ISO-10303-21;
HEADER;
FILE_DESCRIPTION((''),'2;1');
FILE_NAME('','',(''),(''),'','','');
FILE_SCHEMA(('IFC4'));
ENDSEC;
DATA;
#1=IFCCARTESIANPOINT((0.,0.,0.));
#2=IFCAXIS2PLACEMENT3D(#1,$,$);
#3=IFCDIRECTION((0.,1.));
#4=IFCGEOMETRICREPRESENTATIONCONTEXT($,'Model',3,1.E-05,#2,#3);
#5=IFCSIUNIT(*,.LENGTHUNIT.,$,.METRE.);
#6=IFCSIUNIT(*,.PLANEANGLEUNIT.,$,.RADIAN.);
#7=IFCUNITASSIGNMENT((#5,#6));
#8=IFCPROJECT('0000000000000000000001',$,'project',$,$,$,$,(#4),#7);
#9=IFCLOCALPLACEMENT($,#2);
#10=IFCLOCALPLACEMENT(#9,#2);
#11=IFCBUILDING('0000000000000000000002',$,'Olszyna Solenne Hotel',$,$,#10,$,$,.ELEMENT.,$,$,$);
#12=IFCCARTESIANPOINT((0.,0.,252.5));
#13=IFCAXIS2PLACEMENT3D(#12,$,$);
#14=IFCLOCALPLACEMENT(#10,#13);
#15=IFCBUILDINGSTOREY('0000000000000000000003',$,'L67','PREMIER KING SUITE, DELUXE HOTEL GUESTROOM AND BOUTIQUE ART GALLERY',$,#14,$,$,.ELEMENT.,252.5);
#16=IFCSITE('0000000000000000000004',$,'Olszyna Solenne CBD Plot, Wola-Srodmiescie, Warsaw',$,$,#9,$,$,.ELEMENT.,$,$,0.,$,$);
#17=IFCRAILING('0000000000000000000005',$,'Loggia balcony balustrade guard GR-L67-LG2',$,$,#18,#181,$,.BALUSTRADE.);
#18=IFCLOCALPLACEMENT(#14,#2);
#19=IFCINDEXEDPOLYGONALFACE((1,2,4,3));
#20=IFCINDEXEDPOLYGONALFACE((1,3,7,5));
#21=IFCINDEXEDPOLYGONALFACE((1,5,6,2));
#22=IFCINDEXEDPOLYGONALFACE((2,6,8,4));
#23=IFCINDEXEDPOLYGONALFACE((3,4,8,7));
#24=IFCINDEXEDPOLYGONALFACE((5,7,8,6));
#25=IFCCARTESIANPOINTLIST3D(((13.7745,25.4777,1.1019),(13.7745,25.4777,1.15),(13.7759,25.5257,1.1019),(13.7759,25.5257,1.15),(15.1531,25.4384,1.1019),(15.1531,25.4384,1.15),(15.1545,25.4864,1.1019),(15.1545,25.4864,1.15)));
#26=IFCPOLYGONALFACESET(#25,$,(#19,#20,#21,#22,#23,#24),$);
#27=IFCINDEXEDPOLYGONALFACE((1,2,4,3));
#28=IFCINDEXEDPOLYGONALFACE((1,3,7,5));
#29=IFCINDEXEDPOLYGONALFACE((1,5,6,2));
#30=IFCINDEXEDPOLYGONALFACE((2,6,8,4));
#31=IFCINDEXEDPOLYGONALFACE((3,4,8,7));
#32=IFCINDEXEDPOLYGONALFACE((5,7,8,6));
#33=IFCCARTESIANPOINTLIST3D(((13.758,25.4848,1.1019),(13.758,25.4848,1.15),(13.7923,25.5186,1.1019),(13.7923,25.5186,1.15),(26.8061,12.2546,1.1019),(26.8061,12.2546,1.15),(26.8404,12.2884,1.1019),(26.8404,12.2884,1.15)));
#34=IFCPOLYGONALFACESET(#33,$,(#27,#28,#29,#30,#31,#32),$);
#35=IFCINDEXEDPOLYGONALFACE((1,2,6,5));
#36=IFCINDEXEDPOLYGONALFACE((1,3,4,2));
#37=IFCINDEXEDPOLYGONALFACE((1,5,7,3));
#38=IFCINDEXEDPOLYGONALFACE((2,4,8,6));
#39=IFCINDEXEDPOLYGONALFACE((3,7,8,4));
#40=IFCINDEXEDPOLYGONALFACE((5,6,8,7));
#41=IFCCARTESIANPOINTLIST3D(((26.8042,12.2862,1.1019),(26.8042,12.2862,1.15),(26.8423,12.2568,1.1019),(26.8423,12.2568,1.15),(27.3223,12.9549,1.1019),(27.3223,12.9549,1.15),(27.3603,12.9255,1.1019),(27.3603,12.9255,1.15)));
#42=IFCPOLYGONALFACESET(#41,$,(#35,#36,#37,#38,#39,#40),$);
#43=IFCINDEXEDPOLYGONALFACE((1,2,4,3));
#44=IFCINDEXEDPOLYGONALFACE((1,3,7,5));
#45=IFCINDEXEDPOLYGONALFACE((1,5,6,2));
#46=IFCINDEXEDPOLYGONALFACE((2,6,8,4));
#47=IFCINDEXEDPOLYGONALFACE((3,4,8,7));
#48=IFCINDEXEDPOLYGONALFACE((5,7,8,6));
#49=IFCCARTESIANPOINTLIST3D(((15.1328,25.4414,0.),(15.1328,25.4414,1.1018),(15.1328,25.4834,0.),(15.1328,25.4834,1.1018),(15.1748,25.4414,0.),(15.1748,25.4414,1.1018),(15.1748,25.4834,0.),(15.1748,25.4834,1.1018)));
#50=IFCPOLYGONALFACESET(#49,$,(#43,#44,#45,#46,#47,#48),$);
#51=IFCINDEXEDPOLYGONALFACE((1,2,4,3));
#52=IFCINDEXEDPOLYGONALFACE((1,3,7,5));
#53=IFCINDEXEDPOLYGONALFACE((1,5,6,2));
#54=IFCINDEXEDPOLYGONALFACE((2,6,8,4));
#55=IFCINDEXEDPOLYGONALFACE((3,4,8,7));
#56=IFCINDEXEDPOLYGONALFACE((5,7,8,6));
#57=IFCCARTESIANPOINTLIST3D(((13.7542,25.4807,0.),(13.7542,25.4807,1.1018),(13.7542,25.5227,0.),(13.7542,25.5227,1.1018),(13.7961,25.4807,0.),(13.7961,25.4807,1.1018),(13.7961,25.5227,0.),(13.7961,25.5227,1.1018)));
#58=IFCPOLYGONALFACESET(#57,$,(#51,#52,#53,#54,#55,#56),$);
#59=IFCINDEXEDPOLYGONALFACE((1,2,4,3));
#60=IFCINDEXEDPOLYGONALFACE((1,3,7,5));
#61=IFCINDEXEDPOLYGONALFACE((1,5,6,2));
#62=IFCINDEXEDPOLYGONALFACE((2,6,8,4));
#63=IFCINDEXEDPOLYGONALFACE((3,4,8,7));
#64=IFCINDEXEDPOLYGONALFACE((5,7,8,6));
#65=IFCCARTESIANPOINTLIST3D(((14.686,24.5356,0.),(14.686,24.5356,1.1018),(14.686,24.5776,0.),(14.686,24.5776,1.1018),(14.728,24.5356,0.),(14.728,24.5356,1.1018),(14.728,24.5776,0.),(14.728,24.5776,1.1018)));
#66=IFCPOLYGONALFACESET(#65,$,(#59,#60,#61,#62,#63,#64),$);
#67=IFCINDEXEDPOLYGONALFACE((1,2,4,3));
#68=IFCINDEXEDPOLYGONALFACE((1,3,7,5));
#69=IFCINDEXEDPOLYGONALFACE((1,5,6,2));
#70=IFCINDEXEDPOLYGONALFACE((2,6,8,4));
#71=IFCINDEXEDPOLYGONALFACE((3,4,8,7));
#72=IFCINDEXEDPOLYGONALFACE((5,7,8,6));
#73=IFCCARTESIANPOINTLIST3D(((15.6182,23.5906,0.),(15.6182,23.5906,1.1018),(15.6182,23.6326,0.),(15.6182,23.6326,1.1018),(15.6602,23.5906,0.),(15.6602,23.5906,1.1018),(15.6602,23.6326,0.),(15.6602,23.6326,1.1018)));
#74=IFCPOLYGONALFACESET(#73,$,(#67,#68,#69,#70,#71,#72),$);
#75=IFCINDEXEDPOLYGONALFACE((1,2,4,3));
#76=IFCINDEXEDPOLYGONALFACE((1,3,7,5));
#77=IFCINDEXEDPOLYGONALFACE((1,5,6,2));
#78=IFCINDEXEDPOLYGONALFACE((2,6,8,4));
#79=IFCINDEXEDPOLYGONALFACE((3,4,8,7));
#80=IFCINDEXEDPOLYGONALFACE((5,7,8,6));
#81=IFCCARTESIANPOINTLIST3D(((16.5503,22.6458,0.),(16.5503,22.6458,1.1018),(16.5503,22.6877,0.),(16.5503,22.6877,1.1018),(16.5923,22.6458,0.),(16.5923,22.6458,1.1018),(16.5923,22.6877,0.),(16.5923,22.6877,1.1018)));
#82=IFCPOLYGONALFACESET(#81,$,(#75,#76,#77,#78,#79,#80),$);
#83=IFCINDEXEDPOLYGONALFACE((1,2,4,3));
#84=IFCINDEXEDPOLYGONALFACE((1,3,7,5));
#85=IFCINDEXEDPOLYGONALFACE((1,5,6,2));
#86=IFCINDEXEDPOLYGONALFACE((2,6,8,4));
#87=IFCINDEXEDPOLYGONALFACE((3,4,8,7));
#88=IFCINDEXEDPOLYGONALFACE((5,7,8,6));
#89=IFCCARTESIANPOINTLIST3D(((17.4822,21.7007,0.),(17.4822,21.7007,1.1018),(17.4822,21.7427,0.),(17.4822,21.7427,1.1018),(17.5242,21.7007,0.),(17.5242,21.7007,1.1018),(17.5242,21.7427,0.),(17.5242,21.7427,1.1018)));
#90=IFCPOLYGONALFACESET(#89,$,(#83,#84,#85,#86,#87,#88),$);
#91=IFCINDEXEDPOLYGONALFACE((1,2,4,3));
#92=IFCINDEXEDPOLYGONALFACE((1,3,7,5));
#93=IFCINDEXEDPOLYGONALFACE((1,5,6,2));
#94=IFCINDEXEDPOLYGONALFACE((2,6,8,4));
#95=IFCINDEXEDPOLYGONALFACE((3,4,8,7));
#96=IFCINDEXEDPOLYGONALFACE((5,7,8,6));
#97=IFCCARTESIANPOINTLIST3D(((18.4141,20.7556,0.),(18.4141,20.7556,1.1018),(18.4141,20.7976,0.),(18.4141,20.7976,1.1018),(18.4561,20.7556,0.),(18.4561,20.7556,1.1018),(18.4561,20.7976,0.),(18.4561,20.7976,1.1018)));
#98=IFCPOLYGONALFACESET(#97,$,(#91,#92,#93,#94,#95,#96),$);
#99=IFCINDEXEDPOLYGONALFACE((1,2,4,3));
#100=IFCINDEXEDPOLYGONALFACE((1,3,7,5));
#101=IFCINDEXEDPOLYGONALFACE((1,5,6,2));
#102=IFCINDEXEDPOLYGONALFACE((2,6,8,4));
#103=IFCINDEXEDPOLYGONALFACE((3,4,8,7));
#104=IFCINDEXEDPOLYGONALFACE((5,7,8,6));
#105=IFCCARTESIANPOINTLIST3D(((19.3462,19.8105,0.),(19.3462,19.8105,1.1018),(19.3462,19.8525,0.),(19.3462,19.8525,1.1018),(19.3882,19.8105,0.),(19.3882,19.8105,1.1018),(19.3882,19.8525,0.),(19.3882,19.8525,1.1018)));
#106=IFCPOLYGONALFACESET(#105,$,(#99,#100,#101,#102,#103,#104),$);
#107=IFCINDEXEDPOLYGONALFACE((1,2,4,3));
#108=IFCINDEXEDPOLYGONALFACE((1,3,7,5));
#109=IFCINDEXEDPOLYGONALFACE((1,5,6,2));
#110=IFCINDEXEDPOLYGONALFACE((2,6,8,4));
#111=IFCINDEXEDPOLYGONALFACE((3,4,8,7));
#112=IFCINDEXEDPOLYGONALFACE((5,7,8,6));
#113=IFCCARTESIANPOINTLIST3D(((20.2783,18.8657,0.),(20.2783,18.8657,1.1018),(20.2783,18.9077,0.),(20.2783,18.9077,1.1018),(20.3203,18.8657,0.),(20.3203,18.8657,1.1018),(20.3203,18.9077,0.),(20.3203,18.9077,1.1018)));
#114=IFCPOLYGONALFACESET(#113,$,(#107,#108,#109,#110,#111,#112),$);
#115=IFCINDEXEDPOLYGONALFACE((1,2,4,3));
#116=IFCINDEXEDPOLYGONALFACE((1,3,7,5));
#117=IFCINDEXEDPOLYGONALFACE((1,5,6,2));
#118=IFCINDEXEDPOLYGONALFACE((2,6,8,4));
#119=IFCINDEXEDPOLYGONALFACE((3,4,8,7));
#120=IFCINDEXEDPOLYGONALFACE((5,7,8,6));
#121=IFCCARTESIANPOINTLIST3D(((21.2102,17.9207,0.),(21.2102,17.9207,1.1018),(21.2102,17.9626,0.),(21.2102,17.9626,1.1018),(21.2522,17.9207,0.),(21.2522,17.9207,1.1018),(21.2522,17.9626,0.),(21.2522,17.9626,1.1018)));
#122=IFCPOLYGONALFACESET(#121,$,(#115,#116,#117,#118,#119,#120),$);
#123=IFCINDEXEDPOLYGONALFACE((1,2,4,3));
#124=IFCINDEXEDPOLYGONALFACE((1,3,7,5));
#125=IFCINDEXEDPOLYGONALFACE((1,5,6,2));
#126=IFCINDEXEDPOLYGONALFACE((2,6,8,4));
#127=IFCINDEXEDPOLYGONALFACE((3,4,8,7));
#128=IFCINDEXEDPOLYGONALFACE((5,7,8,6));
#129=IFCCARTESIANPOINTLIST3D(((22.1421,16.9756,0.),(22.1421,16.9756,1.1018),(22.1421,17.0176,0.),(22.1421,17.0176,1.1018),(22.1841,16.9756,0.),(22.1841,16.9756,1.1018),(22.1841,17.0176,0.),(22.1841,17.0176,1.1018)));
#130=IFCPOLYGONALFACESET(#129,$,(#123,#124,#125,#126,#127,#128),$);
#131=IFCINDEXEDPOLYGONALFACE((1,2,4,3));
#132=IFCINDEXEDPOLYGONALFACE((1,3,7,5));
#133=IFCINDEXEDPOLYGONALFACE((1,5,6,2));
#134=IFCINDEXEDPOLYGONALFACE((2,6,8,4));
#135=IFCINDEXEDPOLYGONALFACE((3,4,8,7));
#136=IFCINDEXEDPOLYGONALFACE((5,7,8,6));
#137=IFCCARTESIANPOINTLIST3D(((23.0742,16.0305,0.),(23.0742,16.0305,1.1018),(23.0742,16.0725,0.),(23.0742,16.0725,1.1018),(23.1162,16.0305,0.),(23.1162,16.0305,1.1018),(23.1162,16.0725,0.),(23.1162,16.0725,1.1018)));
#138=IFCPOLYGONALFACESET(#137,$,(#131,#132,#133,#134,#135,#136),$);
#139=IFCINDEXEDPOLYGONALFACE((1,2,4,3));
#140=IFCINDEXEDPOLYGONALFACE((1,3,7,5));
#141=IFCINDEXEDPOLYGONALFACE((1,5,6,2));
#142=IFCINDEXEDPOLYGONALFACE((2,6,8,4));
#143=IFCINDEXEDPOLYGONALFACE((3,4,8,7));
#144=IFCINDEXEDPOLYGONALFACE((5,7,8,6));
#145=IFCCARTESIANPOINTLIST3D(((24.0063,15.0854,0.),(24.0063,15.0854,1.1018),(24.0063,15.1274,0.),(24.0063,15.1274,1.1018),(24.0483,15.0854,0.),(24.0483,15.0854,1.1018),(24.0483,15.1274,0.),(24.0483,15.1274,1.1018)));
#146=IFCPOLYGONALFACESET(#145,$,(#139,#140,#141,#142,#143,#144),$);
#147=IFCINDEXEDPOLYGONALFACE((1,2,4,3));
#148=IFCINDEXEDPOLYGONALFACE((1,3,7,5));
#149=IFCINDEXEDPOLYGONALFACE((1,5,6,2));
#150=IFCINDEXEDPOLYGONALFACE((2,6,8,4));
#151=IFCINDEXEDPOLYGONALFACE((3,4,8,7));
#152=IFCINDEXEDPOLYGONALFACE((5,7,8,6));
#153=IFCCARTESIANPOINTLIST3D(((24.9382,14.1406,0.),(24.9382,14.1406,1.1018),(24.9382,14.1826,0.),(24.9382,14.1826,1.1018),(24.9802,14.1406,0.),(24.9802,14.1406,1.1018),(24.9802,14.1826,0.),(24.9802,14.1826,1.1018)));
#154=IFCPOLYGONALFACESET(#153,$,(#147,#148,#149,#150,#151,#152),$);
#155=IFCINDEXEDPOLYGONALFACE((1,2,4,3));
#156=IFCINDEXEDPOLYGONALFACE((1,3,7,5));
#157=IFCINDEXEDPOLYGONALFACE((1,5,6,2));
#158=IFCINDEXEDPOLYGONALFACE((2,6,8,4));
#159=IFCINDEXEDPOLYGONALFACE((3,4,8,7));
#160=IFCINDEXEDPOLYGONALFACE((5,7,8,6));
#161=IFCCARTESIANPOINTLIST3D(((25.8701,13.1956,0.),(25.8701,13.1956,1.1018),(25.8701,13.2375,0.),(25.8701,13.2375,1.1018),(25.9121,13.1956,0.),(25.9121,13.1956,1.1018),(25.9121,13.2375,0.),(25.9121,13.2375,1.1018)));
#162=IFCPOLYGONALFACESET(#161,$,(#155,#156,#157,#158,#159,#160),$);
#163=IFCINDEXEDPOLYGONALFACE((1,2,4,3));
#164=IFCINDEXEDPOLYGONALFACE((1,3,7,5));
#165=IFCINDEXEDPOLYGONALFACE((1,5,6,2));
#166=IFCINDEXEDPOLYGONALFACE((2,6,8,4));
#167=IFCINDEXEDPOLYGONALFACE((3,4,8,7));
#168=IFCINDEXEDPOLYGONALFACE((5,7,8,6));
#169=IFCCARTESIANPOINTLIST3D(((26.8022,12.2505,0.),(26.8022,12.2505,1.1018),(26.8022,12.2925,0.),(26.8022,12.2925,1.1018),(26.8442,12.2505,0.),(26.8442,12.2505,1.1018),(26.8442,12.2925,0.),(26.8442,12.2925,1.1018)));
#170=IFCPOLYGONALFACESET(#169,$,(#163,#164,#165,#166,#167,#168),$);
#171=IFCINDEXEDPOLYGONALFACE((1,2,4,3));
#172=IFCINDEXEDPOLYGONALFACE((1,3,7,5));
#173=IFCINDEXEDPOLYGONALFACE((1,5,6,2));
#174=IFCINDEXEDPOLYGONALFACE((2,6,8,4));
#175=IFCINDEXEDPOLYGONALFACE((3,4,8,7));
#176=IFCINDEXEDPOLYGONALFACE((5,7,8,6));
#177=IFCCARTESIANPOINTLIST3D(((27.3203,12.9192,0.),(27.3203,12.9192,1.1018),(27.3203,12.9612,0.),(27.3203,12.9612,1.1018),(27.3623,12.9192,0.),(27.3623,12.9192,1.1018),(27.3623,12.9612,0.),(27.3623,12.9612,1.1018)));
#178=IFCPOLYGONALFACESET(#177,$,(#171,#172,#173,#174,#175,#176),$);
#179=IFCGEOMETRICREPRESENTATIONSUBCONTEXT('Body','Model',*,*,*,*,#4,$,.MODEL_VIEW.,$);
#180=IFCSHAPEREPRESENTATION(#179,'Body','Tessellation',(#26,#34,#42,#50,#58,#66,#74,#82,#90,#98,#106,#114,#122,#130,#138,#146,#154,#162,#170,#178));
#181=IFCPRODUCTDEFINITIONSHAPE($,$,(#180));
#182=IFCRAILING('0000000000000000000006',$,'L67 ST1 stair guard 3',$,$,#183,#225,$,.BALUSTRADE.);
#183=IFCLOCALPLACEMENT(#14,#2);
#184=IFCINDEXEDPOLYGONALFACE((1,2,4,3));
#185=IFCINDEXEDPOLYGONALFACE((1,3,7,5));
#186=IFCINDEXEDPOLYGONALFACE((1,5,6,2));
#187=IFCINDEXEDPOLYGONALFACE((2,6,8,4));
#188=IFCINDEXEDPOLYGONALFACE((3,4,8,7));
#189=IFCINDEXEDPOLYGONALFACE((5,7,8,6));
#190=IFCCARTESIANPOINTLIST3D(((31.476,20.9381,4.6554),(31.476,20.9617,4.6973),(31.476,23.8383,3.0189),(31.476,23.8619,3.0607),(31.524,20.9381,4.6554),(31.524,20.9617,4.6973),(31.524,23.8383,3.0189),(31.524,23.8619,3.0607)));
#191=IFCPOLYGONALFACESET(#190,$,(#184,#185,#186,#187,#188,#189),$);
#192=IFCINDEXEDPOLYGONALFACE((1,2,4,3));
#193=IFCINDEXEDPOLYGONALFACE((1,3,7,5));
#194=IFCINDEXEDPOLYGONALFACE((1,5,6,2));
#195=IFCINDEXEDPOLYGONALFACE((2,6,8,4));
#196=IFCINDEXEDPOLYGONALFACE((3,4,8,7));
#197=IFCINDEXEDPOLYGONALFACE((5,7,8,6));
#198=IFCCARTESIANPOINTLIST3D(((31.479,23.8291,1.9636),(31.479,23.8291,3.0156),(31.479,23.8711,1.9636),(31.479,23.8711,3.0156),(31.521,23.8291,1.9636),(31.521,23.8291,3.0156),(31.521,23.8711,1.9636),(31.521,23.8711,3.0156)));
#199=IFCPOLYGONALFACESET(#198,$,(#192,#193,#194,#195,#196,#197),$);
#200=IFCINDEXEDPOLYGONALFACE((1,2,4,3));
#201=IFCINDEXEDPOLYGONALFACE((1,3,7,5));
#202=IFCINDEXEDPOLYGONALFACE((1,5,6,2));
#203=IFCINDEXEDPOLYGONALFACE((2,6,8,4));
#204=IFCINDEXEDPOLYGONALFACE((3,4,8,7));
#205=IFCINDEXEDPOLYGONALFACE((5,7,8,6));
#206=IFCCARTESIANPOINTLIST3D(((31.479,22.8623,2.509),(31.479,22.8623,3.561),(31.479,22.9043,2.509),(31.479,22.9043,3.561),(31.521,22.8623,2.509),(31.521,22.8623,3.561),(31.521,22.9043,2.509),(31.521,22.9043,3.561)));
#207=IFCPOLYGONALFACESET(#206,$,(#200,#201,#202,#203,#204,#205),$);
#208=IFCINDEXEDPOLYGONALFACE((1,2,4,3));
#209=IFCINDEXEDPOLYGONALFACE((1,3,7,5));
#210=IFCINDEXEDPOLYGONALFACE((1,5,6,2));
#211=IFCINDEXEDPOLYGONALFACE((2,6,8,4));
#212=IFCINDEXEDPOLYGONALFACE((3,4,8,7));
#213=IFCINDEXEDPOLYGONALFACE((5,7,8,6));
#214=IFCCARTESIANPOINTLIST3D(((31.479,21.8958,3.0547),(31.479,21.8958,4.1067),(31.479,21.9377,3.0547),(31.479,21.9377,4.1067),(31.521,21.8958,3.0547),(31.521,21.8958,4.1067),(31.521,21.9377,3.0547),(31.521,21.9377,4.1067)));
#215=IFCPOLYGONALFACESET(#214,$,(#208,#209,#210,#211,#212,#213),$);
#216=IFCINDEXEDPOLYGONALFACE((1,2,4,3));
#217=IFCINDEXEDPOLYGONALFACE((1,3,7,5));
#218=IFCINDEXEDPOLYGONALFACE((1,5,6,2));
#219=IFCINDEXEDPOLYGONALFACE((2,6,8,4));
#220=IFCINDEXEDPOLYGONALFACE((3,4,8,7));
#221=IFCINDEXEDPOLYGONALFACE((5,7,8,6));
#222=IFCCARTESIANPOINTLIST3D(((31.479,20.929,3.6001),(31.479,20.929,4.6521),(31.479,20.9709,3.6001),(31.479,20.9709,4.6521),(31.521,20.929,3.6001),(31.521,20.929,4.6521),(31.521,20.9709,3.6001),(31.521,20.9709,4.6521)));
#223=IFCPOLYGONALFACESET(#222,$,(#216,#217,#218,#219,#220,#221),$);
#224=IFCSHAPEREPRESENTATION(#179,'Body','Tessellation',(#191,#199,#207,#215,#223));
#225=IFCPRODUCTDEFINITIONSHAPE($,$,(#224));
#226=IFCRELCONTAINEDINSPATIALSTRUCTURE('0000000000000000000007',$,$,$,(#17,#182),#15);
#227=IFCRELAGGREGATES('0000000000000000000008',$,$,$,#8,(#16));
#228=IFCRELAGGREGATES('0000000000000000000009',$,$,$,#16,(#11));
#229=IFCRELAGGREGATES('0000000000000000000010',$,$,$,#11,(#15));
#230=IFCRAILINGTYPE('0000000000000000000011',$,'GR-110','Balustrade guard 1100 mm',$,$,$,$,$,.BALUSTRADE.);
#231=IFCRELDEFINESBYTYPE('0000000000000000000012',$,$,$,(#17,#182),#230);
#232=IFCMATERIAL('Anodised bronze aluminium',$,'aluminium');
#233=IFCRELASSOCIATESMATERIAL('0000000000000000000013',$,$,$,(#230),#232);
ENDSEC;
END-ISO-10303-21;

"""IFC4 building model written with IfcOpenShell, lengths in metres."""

from ifc_helpers import new_model, si_unit, direction, frame, origin, origin_2d, place, context, subcontext, project, spatial, rectangle, extrude, material, type_object, element, save


model = new_model("IFC4")

# Units and contexts
model_context = context("Model", 3, precision=1e-05, world=origin(), true_north=direction((0.0, 1.0)))
body_context = subcontext(model_context, "Body", "Model", "MODEL_VIEW")
ifc_project = project(units=[si_unit("LENGTHUNIT", "METRE"), si_unit("PLANEANGLEUNIT", "RADIAN")], contexts=[model_context])

# Site, building, storey
site_placement = place(None, origin())
site = spatial("IfcSite", under=ifc_project, at=site_placement, Name="Olszyna Solenne CBD Plot, Wola-Srodmiescie, Warsaw", CompositionType="ELEMENT", RefElevation=0.0)
building_placement = place(site_placement, origin())
building = spatial("IfcBuilding", under=site, at=building_placement, Name="Olszyna Solenne Hotel", CompositionType="ELEMENT")
storey_placement = place(building_placement, frame((0.0, 0.0, 252.5)))
storey = spatial("IfcBuildingStorey", under=building, at=storey_placement, Name="L67", Description="PREMIER KING SUITE, DELUXE HOTEL GUESTROOM AND BOUTIQUE ART GALLERY", CompositionType="ELEMENT", Elevation=252.5)

# Railings
ifc_material_1 = material(Name="Anodised bronze aluminium", Category="aluminium")
railing_type = type_object("IfcRailingType", Name="GR-110", Description="Balustrade guard 1100 mm", PredefinedType="BALUSTRADE", material=ifc_material_1)
railing_1_placement = place(storey_placement, frame((15.1538, 25.4624, 0.0)))
element("IfcRailing", 1, at=railing_1_placement, inside=storey, type_object=railing_type, Name="Loggia balcony balustrade guard GR-L67-LG2", PredefinedType="BALUSTRADE", context=body_context, shape_type="SweptSolid", body=[
    extrude(rectangle(XDim=0.0481, YDim=0.0481, at=origin_2d()), frame((0.0, 0.0, 1.126), z_axis=(-0.999594, 0.028499, 0.0), x_axis=(-0.028499, -0.999594, 0.0)), (0.0, 0.0, 1.0), 1.3792),
    extrude(rectangle(XDim=0.0481, YDim=0.0481, at=origin_2d()), frame((-1.3787, 0.0393, 1.126), z_axis=(0.702189, -0.71199, 0.0), x_axis=(0.71199, 0.702189, 0.0)), (0.0, 0.0, 1.0), 18.582),
    extrude(rectangle(XDim=0.0481, YDim=0.0481, at=origin_2d()), frame((11.6694, -13.1909, 1.126), z_axis=(0.612441, 0.790516, 0.0), x_axis=(-0.790516, 0.612441, 0.0)), (0.0, 0.0, 1.0), 0.8459),
    extrude(rectangle(XDim=0.042, YDim=0.042, at=origin_2d()), origin(), (0.0, 0.0, 1.0), 1.1018),
    extrude(rectangle(XDim=0.042, YDim=0.042, at=origin_2d()), frame((-1.3787, 0.0393, 0.0)), (0.0, 0.0, 1.0), 1.1018),
    extrude(rectangle(XDim=0.042, YDim=0.042, at=origin_2d()), frame((-0.4468, -0.9058, 0.0)), (0.0, 0.0, 1.0), 1.1018),
    extrude(rectangle(XDim=0.042, YDim=0.042, at=origin_2d()), frame((0.4854, -1.8508, 0.0)), (0.0, 0.0, 1.0), 1.1018),
    extrude(rectangle(XDim=0.042, YDim=0.042, at=origin_2d()), frame((1.4175, -2.7957, 0.0)), (0.0, 0.0, 1.0), 1.1018),
    extrude(rectangle(XDim=0.042, YDim=0.042, at=origin_2d()), frame((2.3494, -3.7407, 0.0)), (0.0, 0.0, 1.0), 1.1018),
    extrude(rectangle(XDim=0.042, YDim=0.042, at=origin_2d()), frame((3.2812, -4.6858, 0.0)), (0.0, 0.0, 1.0), 1.1018),
    extrude(rectangle(XDim=0.042, YDim=0.042, at=origin_2d()), frame((4.2134, -5.6309, 0.0)), (0.0, 0.0, 1.0), 1.1018),
    extrude(rectangle(XDim=0.042, YDim=0.042, at=origin_2d()), frame((5.1455, -6.5757, 0.0)), (0.0, 0.0, 1.0), 1.1018),
    extrude(rectangle(XDim=0.042, YDim=0.042, at=origin_2d()), frame((6.0774, -7.5208, 0.0)), (0.0, 0.0, 1.0), 1.1018),
    extrude(rectangle(XDim=0.042, YDim=0.042, at=origin_2d()), frame((7.0093, -8.4658, 0.0)), (0.0, 0.0, 1.0), 1.1018),
    extrude(rectangle(XDim=0.042, YDim=0.042, at=origin_2d()), frame((7.9414, -9.4109, 0.0)), (0.0, 0.0, 1.0), 1.1018),
    extrude(rectangle(XDim=0.042, YDim=0.042, at=origin_2d()), frame((8.8735, -10.356, 0.0)), (0.0, 0.0, 1.0), 1.1018),
    extrude(rectangle(XDim=0.042, YDim=0.042, at=origin_2d()), frame((9.8054, -11.3008, 0.0)), (0.0, 0.0, 1.0), 1.1018),
    extrude(rectangle(XDim=0.042, YDim=0.042, at=origin_2d()), frame((10.7373, -12.2458, 0.0)), (0.0, 0.0, 1.0), 1.1018),
    extrude(rectangle(XDim=0.042, YDim=0.042, at=origin_2d()), frame((11.6694, -13.1909, 0.0)), (0.0, 0.0, 1.0), 1.1018),
    extrude(rectangle(XDim=0.042, YDim=0.042, at=origin_2d()), frame((12.1875, -12.5222, 0.0)), (0.0, 0.0, 1.0), 1.1018),
])
railing_2_placement = place(storey_placement, frame((31.5, 23.8501, 1.9636)))
element("IfcRailing", 2, at=railing_2_placement, inside=storey, type_object=railing_type, Name="L67 ST1 stair guard 3", PredefinedType="BALUSTRADE", context=body_context, shape_type="SweptSolid", body=[
    extrude(rectangle(XDim=0.0481, YDim=0.0481, at=origin_2d()), frame((0.0, 0.0, 1.0762), z_axis=(0.0, -0.870915, 0.491434), x_axis=(1.0, 0.0, 0.0)), (0.0, 0.0, 1.0), 3.3301),
    extrude(rectangle(XDim=0.042, YDim=0.042, at=origin_2d()), origin(), (0.0, 0.0, 1.0), 1.052),
    extrude(rectangle(XDim=0.042, YDim=0.042, at=origin_2d()), frame((0.0, -0.9668, 0.5454)), (0.0, 0.0, 1.0), 1.052),
    extrude(rectangle(XDim=0.042, YDim=0.042, at=origin_2d()), frame((0.0, -1.9333, 1.0911)), (0.0, 0.0, 1.0), 1.052),
    extrude(rectangle(XDim=0.042, YDim=0.042, at=origin_2d()), frame((0.0, -2.9001, 1.6365)), (0.0, 0.0, 1.0), 1.052),
])

save(model, "model.ifc")
